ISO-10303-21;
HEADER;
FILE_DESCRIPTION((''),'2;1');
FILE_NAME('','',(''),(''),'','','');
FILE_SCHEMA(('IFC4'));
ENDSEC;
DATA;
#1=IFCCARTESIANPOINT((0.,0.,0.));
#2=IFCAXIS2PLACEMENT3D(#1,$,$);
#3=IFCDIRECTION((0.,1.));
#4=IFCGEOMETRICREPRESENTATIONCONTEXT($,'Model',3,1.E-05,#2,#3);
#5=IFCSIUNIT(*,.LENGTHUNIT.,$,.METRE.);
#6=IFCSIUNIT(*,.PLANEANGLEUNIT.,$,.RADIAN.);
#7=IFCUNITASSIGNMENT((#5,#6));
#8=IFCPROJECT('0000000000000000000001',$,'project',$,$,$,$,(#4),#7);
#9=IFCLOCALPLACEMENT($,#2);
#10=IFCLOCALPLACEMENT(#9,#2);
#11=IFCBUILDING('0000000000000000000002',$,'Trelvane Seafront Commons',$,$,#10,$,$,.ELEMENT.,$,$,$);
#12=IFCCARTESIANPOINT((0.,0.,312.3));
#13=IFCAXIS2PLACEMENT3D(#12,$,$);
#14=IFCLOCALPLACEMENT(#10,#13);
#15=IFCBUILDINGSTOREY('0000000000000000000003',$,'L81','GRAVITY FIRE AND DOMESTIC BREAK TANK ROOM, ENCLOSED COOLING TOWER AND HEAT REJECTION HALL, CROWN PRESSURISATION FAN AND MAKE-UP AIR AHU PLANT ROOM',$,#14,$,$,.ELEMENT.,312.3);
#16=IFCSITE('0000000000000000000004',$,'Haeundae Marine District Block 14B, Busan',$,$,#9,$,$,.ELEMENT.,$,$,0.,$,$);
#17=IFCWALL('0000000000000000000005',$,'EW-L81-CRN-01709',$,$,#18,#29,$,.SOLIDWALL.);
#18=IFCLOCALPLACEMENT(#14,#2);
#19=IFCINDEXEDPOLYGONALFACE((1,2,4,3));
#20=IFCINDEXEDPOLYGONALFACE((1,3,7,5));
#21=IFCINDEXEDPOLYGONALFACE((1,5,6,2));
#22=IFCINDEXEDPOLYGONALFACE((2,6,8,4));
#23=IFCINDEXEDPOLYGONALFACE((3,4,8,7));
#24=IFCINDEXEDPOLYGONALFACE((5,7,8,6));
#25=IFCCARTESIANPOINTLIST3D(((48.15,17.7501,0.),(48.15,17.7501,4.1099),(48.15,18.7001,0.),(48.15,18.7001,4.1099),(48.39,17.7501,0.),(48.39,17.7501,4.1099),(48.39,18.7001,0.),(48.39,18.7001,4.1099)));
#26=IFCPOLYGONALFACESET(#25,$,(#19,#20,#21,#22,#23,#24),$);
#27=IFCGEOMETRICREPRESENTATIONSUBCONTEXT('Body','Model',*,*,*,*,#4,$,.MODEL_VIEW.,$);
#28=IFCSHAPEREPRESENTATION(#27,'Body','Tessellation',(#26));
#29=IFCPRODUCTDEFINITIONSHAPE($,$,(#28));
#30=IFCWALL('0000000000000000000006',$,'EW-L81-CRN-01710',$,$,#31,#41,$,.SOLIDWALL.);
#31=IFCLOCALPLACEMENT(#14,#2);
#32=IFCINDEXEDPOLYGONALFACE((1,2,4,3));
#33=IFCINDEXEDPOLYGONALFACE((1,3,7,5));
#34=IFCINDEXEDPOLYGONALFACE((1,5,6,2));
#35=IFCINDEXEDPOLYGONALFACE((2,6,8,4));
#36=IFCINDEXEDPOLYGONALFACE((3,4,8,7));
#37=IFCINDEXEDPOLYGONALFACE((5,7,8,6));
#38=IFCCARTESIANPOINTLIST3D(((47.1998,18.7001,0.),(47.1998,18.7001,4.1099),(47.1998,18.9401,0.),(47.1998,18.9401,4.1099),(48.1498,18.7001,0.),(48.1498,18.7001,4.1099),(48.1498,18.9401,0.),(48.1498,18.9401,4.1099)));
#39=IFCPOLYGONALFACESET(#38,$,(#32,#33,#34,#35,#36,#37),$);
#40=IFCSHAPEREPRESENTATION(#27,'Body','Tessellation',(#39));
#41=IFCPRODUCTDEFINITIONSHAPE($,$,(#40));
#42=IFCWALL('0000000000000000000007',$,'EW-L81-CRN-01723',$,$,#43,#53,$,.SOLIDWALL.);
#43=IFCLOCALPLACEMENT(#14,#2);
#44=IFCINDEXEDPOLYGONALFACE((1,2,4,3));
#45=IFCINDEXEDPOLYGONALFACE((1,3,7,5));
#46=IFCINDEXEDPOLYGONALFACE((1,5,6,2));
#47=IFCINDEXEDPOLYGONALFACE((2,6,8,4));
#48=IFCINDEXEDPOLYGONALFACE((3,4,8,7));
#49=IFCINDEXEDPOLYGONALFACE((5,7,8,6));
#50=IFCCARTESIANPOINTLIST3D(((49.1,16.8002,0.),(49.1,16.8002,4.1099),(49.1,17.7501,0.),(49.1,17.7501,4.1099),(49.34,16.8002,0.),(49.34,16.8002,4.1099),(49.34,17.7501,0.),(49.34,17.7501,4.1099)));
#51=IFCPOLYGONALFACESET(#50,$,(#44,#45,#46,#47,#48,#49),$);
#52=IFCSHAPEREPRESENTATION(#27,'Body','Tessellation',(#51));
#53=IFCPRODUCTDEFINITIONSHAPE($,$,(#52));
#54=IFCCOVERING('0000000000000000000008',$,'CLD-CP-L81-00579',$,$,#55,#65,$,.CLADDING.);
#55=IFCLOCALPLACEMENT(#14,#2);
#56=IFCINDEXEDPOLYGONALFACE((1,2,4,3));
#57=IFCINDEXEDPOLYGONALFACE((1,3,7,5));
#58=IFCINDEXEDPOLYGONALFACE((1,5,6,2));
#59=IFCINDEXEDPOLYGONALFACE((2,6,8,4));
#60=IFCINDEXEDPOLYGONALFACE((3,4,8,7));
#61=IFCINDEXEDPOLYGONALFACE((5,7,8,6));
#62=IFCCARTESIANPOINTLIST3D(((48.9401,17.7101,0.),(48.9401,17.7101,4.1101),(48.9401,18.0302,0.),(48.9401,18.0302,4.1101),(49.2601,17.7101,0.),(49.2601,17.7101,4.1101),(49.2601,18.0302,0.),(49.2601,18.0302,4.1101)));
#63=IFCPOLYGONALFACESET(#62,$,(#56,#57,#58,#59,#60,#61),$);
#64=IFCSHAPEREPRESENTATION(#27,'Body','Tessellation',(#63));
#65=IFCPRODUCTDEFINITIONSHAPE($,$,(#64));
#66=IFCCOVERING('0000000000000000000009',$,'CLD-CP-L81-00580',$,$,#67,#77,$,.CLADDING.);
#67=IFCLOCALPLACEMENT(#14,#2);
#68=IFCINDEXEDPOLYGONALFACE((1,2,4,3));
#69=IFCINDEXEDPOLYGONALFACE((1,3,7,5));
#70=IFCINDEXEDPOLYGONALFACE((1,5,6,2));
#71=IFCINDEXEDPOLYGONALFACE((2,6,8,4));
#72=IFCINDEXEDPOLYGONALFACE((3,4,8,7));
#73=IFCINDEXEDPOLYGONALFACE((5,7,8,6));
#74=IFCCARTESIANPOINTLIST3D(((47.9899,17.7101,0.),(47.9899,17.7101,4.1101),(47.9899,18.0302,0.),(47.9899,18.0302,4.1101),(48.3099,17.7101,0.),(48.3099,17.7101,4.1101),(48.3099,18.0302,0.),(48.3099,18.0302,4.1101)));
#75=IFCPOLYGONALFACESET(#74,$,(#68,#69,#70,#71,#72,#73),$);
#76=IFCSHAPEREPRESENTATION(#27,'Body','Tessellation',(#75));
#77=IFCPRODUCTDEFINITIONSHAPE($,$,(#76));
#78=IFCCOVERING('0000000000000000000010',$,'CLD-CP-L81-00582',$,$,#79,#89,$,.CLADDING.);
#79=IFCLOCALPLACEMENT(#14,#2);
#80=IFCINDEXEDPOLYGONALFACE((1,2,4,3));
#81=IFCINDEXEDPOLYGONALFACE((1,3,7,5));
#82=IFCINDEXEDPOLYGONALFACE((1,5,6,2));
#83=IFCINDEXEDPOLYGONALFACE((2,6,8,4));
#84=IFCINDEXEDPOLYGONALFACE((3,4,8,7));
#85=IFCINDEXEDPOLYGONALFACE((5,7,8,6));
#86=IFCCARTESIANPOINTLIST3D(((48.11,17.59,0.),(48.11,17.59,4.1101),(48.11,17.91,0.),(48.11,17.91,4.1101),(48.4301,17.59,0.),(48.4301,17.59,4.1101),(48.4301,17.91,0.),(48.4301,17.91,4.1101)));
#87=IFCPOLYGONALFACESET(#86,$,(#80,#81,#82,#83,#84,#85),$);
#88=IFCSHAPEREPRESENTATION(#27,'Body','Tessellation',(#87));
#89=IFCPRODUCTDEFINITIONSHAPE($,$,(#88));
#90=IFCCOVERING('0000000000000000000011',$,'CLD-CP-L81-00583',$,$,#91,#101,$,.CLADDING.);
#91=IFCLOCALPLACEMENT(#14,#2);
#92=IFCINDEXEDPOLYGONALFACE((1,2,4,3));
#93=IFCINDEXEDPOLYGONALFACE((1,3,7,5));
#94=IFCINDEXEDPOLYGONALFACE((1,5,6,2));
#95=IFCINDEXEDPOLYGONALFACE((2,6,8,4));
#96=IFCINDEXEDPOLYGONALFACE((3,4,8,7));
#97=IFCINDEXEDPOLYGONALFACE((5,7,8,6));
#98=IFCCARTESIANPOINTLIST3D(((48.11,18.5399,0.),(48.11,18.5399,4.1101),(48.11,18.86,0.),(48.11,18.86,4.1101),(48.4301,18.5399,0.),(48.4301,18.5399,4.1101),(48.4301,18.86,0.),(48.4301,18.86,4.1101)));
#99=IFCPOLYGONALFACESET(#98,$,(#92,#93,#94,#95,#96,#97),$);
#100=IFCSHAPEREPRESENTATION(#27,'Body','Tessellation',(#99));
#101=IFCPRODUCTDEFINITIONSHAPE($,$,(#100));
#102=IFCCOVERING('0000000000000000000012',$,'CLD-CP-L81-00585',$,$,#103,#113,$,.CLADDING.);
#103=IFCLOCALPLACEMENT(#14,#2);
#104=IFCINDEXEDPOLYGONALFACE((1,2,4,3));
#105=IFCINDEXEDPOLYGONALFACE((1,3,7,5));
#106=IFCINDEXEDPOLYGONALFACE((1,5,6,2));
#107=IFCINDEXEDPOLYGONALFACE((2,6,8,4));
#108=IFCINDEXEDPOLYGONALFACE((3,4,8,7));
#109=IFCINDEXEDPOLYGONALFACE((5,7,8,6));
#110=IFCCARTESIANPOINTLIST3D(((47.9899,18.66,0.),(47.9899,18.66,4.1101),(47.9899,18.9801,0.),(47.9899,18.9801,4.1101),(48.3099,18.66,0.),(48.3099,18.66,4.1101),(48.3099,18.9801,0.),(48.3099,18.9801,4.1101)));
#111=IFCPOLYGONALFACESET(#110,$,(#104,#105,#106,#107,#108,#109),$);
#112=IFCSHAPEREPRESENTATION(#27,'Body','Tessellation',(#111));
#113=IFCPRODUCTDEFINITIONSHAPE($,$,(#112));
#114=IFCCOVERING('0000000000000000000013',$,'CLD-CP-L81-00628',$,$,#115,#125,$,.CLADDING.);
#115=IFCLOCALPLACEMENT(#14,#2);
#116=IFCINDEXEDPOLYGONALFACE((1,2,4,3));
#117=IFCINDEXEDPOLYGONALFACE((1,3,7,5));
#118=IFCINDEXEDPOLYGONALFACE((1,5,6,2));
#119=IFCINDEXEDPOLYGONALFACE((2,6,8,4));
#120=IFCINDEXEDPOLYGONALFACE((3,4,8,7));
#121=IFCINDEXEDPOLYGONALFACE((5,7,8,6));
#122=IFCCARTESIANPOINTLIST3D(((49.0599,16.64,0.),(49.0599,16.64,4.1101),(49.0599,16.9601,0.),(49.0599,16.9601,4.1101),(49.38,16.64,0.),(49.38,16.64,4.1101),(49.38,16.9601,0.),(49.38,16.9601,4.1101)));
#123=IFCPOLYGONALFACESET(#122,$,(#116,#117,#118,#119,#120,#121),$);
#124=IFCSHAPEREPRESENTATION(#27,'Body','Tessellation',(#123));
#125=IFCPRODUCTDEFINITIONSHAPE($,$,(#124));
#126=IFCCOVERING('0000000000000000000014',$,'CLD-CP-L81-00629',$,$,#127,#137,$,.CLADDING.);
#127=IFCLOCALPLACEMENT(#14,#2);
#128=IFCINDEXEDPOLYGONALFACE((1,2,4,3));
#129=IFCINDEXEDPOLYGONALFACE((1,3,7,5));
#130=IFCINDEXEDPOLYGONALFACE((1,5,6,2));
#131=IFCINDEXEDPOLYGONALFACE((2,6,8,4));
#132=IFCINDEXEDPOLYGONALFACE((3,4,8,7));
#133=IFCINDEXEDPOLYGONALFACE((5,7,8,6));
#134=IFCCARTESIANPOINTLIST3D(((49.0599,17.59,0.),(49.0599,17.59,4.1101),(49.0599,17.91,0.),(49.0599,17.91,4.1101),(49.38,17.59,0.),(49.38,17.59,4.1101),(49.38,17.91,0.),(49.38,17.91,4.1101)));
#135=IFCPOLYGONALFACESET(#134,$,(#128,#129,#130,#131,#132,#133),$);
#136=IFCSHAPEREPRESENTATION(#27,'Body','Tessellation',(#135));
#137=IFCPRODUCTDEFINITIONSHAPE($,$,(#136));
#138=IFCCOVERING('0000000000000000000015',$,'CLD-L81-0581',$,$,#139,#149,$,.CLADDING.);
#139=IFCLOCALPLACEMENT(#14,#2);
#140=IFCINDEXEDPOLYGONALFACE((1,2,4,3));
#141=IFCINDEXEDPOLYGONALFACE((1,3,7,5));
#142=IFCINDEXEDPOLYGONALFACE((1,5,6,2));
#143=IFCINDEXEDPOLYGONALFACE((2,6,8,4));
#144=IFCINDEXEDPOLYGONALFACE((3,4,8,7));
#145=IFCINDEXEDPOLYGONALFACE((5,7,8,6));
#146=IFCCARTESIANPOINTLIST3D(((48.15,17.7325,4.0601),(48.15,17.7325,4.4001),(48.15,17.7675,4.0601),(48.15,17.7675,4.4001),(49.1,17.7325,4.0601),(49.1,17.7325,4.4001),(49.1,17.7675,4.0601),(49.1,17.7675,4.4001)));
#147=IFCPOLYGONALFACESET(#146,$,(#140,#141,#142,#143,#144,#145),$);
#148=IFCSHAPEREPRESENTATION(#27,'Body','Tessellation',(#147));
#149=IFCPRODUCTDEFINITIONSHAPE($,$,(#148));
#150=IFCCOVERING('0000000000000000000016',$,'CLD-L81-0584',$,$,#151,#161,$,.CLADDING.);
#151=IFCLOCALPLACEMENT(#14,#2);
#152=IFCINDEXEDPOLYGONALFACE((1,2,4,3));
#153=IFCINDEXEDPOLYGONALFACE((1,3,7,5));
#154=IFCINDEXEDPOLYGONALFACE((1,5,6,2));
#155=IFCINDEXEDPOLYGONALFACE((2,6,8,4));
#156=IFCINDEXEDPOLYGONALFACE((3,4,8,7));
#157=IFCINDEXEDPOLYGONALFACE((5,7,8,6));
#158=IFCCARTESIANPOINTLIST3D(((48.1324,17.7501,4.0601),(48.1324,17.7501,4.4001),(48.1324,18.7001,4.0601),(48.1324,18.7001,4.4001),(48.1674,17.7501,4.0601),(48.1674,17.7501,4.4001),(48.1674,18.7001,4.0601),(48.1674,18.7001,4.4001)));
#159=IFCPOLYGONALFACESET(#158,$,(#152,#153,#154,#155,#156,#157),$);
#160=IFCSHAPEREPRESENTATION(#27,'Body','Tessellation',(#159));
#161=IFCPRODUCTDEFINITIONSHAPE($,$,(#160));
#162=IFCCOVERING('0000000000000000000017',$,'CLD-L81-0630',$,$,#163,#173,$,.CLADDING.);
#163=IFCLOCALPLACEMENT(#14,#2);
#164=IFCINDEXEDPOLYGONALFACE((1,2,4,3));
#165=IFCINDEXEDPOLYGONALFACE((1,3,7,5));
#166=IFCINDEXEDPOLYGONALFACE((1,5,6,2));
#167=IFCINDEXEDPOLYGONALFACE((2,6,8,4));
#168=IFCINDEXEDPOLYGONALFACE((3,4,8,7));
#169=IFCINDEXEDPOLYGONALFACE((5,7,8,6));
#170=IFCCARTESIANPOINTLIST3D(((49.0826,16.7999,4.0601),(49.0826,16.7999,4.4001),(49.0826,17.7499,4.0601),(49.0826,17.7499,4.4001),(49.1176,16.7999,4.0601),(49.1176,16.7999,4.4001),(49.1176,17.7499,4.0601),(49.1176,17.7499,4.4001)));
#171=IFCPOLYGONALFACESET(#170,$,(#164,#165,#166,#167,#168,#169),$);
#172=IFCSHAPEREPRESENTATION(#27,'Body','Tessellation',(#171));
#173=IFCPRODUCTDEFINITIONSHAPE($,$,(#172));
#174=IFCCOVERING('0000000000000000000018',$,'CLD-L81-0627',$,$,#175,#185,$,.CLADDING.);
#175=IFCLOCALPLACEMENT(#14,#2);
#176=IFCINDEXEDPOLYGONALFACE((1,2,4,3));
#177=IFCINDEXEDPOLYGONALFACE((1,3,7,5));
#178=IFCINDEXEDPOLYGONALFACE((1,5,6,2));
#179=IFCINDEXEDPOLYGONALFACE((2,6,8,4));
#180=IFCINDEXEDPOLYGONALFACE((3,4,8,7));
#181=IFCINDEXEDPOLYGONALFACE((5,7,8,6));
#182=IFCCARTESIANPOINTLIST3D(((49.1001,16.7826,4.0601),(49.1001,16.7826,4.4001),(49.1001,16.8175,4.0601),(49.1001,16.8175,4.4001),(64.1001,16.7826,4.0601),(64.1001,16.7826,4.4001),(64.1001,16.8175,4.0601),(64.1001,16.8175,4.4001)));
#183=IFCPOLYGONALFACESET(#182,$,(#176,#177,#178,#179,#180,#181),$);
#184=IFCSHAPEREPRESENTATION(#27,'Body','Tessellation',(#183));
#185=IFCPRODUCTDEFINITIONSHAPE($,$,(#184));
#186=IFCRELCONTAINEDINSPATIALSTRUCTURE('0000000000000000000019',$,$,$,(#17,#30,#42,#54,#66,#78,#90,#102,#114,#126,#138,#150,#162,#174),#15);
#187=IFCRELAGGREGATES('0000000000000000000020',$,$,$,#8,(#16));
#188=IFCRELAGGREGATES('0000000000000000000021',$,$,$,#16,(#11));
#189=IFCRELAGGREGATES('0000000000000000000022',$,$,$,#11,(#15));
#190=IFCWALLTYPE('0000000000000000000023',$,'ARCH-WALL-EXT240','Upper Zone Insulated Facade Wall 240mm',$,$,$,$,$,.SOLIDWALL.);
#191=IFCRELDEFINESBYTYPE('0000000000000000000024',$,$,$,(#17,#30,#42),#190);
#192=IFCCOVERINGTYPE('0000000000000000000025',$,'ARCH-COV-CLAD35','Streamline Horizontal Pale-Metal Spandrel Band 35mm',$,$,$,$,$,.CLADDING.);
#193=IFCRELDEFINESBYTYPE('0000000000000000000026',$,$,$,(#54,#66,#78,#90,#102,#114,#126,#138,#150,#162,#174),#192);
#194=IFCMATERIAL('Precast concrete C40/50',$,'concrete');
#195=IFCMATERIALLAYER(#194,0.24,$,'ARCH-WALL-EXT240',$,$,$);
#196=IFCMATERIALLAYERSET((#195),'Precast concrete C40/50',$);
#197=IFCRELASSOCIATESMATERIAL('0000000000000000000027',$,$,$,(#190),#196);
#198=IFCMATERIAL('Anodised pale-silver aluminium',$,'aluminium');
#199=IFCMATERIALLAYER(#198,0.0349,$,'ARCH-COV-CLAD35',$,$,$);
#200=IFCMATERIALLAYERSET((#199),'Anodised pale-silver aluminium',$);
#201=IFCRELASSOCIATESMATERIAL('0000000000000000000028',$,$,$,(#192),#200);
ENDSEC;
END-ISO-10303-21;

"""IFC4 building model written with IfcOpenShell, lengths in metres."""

from ifc_helpers import new_model, si_unit, direction, frame, frame_2d, origin, origin_2d, place, context, subcontext, project, spatial, rectangle, extrude, source, transform, mapped, material, layer, layer_set, type_object, element, save


model = new_model("IFC4")

# Units and contexts
model_context = context("Model", 3, precision=1e-05, world=origin(), true_north=direction((0.0, 1.0)))
body_context = subcontext(model_context, "Body", "Model", "MODEL_VIEW")
ifc_project = project(units=[si_unit("LENGTHUNIT", "METRE"), si_unit("PLANEANGLEUNIT", "RADIAN")], contexts=[model_context])

# Site, building, storey
site_placement = place(None, origin())
site = spatial("IfcSite", under=ifc_project, at=site_placement, Name="Haeundae Marine District Block 14B, Busan", CompositionType="ELEMENT", RefElevation=0.0)
building_placement = place(site_placement, origin())
building = spatial("IfcBuilding", under=site, at=building_placement, Name="Trelvane Seafront Commons", CompositionType="ELEMENT")
storey_placement = place(building_placement, frame((0.0, 0.0, 312.3)))
storey = spatial("IfcBuildingStorey", under=building, at=storey_placement, Name="L81", Description="GRAVITY FIRE AND DOMESTIC BREAK TANK ROOM, ENCLOSED COOLING TOWER AND HEAT REJECTION HALL, CROWN PRESSURISATION FAN AND MAKE-UP AIR AHU PLANT ROOM", CompositionType="ELEMENT", Elevation=312.3)

# Shared definitions
ifc_material_1 = material(Name="Anodised pale-silver aluminium", Category="aluminium")

# Walls
ifc_material_2 = material(Name="Precast concrete C40/50", Category="concrete")
ifc_layer_1 = layer(ifc_material_2, 0.24, Name="ARCH-WALL-EXT240")
ifc_layer_set_1 = layer_set([ifc_layer_1], Name="Precast concrete C40/50")
wall_type = type_object("IfcWallType", Name="ARCH-WALL-EXT240", Description="Upper Zone Insulated Facade Wall 240mm", PredefinedType="SOLIDWALL", material=ifc_layer_set_1)
for number, where, z_axis, x_axis, name in (
    (1, (48.27, 17.75, 0.0), (0.0, 0.0, 1.0), (0.0, 1.0, 0.0), "EW-L81-CRN-01709"),
    (2, (48.1499, 18.8201, 0.0), (0.0, 0.0, 1.0), (-1.0, 0.0, 0.0), "EW-L81-CRN-01710"),
    (3, (49.22, 16.8, 0.0), (0.0, 0.0, 1.0), (0.0, 1.0, 0.0), "EW-L81-CRN-01723"),
):
    element("IfcWall", number, at=place(storey_placement, frame(where, z_axis=z_axis, x_axis=x_axis)), inside=storey, type_object=wall_type, Name=name, PredefinedType="SOLIDWALL", context=body_context, shape_type="SweptSolid", body=[
        extrude(rectangle(XDim=0.95, YDim=0.24, at=frame_2d((0.4751, 0.0))), origin(), (0.0, 0.0, 1.0), 4.1099),
    ])

# Coverings
ifc_layer_2 = layer(ifc_material_1, 0.0349, Name="ARCH-COV-CLAD35")
ifc_layer_set_2 = layer_set([ifc_layer_2], Name="Anodised pale-silver aluminium")
covering_type = type_object("IfcCoveringType", Name="ARCH-COV-CLAD35", Description="Streamline Horizontal Pale-Metal Spandrel Band 35mm", PredefinedType="CLADDING", material=ifc_layer_set_2)
shared_shape_1 = source(origin(), body_context, "Body", "SweptSolid", [
    extrude(rectangle(XDim=0.3201, YDim=0.3201, at=origin_2d()), origin(), (0.0, 0.0, 1.0), 4.1101),
])
for number, where, z_axis, x_axis, name in (
    (4, (49.1001, 17.8701, 0.0), (0.0, 0.0, 1.0), (1.0, 0.0, 0.0), "CLD-CP-L81-00579"),
    (5, (48.1499, 17.8701, 0.0), (0.0, 0.0, 1.0), (1.0, 0.0, 0.0), "CLD-CP-L81-00580"),
    (6, (48.27, 17.75, 0.0), (0.0, 0.0, 1.0), (1.0, 0.0, 0.0), "CLD-CP-L81-00582"),
    (7, (48.27, 18.7, 0.0), (0.0, 0.0, 1.0), (1.0, 0.0, 0.0), "CLD-CP-L81-00583"),
    (8, (48.1499, 18.8201, 0.0), (0.0, 0.0, 1.0), (1.0, 0.0, 0.0), "CLD-CP-L81-00585"),
    (9, (49.22, 16.8, 0.0), (0.0, 0.0, 1.0), (1.0, 0.0, 0.0), "CLD-CP-L81-00628"),
    (10, (49.22, 17.75, 0.0), (0.0, 0.0, 1.0), (1.0, 0.0, 0.0), "CLD-CP-L81-00629"),
):
    element("IfcCovering", number, at=place(storey_placement, frame(where, z_axis=z_axis, x_axis=x_axis)), inside=storey, type_object=covering_type, Name=name, PredefinedType="CLADDING", context=body_context, shape_type="MappedRepresentation", body=[
        mapped(shared_shape_1, transform((0.0, 0.0, 0.0), x_axis=(1.0, 0.0, 0.0), y_axis=(0.0, 1.0, 0.0), z_axis=(0.0, 0.0, 1.0), scale=1.0)),
    ])
shared_shape_2 = source(origin(), body_context, "Body", "SweptSolid", [
    extrude(rectangle(XDim=0.95, YDim=0.0349, at=origin_2d()), origin(), (0.0, 0.0, 1.0), 0.3401),
])
for number, where, z_axis, x_axis, name in (
    (11, (48.625, 17.75, 4.0601), (0.0, 0.0, 1.0), (-1.0, 0.0, 0.0), "CLD-L81-0581"),
    (12, (48.1499, 18.2251, 4.0601), (0.0, 0.0, 1.0), (0.0, 1.0, 0.0), "CLD-L81-0584"),
    (13, (49.1001, 17.2749, 4.0601), (0.0, 0.0, 1.0), (0.0, 1.0, 0.0), "CLD-L81-0630"),
):
    element("IfcCovering", number, at=place(storey_placement, frame(where, z_axis=z_axis, x_axis=x_axis)), inside=storey, type_object=covering_type, Name=name, PredefinedType="CLADDING", context=body_context, shape_type="MappedRepresentation", body=[
        mapped(shared_shape_2, transform((0.0, 0.0, 0.0), x_axis=(1.0, 0.0, 0.0), y_axis=(0.0, 1.0, 0.0), z_axis=(0.0, 0.0, 1.0), scale=1.0)),
    ])
shared_shape_3 = source(origin(), body_context, "Body", "SweptSolid", [
    extrude(rectangle(XDim=15.0, YDim=0.0349, at=origin_2d()), origin(), (0.0, 0.0, 1.0), 0.3401),
])
covering_placement = place(storey_placement, frame((56.6001, 16.8, 4.0601), z_axis=(0.0, 0.0, 1.0), x_axis=(-1.0, 0.0, 0.0)))
element("IfcCovering", 14, at=covering_placement, inside=storey, type_object=covering_type, Name="CLD-L81-0627", PredefinedType="CLADDING", context=body_context, shape_type="MappedRepresentation", body=[
    mapped(shared_shape_3, transform((0.0, 0.0, 0.0), x_axis=(1.0, 0.0, 0.0), y_axis=(0.0, 1.0, 0.0), z_axis=(0.0, 0.0, 1.0), scale=1.0)),
])

save(model, "model.ifc")
